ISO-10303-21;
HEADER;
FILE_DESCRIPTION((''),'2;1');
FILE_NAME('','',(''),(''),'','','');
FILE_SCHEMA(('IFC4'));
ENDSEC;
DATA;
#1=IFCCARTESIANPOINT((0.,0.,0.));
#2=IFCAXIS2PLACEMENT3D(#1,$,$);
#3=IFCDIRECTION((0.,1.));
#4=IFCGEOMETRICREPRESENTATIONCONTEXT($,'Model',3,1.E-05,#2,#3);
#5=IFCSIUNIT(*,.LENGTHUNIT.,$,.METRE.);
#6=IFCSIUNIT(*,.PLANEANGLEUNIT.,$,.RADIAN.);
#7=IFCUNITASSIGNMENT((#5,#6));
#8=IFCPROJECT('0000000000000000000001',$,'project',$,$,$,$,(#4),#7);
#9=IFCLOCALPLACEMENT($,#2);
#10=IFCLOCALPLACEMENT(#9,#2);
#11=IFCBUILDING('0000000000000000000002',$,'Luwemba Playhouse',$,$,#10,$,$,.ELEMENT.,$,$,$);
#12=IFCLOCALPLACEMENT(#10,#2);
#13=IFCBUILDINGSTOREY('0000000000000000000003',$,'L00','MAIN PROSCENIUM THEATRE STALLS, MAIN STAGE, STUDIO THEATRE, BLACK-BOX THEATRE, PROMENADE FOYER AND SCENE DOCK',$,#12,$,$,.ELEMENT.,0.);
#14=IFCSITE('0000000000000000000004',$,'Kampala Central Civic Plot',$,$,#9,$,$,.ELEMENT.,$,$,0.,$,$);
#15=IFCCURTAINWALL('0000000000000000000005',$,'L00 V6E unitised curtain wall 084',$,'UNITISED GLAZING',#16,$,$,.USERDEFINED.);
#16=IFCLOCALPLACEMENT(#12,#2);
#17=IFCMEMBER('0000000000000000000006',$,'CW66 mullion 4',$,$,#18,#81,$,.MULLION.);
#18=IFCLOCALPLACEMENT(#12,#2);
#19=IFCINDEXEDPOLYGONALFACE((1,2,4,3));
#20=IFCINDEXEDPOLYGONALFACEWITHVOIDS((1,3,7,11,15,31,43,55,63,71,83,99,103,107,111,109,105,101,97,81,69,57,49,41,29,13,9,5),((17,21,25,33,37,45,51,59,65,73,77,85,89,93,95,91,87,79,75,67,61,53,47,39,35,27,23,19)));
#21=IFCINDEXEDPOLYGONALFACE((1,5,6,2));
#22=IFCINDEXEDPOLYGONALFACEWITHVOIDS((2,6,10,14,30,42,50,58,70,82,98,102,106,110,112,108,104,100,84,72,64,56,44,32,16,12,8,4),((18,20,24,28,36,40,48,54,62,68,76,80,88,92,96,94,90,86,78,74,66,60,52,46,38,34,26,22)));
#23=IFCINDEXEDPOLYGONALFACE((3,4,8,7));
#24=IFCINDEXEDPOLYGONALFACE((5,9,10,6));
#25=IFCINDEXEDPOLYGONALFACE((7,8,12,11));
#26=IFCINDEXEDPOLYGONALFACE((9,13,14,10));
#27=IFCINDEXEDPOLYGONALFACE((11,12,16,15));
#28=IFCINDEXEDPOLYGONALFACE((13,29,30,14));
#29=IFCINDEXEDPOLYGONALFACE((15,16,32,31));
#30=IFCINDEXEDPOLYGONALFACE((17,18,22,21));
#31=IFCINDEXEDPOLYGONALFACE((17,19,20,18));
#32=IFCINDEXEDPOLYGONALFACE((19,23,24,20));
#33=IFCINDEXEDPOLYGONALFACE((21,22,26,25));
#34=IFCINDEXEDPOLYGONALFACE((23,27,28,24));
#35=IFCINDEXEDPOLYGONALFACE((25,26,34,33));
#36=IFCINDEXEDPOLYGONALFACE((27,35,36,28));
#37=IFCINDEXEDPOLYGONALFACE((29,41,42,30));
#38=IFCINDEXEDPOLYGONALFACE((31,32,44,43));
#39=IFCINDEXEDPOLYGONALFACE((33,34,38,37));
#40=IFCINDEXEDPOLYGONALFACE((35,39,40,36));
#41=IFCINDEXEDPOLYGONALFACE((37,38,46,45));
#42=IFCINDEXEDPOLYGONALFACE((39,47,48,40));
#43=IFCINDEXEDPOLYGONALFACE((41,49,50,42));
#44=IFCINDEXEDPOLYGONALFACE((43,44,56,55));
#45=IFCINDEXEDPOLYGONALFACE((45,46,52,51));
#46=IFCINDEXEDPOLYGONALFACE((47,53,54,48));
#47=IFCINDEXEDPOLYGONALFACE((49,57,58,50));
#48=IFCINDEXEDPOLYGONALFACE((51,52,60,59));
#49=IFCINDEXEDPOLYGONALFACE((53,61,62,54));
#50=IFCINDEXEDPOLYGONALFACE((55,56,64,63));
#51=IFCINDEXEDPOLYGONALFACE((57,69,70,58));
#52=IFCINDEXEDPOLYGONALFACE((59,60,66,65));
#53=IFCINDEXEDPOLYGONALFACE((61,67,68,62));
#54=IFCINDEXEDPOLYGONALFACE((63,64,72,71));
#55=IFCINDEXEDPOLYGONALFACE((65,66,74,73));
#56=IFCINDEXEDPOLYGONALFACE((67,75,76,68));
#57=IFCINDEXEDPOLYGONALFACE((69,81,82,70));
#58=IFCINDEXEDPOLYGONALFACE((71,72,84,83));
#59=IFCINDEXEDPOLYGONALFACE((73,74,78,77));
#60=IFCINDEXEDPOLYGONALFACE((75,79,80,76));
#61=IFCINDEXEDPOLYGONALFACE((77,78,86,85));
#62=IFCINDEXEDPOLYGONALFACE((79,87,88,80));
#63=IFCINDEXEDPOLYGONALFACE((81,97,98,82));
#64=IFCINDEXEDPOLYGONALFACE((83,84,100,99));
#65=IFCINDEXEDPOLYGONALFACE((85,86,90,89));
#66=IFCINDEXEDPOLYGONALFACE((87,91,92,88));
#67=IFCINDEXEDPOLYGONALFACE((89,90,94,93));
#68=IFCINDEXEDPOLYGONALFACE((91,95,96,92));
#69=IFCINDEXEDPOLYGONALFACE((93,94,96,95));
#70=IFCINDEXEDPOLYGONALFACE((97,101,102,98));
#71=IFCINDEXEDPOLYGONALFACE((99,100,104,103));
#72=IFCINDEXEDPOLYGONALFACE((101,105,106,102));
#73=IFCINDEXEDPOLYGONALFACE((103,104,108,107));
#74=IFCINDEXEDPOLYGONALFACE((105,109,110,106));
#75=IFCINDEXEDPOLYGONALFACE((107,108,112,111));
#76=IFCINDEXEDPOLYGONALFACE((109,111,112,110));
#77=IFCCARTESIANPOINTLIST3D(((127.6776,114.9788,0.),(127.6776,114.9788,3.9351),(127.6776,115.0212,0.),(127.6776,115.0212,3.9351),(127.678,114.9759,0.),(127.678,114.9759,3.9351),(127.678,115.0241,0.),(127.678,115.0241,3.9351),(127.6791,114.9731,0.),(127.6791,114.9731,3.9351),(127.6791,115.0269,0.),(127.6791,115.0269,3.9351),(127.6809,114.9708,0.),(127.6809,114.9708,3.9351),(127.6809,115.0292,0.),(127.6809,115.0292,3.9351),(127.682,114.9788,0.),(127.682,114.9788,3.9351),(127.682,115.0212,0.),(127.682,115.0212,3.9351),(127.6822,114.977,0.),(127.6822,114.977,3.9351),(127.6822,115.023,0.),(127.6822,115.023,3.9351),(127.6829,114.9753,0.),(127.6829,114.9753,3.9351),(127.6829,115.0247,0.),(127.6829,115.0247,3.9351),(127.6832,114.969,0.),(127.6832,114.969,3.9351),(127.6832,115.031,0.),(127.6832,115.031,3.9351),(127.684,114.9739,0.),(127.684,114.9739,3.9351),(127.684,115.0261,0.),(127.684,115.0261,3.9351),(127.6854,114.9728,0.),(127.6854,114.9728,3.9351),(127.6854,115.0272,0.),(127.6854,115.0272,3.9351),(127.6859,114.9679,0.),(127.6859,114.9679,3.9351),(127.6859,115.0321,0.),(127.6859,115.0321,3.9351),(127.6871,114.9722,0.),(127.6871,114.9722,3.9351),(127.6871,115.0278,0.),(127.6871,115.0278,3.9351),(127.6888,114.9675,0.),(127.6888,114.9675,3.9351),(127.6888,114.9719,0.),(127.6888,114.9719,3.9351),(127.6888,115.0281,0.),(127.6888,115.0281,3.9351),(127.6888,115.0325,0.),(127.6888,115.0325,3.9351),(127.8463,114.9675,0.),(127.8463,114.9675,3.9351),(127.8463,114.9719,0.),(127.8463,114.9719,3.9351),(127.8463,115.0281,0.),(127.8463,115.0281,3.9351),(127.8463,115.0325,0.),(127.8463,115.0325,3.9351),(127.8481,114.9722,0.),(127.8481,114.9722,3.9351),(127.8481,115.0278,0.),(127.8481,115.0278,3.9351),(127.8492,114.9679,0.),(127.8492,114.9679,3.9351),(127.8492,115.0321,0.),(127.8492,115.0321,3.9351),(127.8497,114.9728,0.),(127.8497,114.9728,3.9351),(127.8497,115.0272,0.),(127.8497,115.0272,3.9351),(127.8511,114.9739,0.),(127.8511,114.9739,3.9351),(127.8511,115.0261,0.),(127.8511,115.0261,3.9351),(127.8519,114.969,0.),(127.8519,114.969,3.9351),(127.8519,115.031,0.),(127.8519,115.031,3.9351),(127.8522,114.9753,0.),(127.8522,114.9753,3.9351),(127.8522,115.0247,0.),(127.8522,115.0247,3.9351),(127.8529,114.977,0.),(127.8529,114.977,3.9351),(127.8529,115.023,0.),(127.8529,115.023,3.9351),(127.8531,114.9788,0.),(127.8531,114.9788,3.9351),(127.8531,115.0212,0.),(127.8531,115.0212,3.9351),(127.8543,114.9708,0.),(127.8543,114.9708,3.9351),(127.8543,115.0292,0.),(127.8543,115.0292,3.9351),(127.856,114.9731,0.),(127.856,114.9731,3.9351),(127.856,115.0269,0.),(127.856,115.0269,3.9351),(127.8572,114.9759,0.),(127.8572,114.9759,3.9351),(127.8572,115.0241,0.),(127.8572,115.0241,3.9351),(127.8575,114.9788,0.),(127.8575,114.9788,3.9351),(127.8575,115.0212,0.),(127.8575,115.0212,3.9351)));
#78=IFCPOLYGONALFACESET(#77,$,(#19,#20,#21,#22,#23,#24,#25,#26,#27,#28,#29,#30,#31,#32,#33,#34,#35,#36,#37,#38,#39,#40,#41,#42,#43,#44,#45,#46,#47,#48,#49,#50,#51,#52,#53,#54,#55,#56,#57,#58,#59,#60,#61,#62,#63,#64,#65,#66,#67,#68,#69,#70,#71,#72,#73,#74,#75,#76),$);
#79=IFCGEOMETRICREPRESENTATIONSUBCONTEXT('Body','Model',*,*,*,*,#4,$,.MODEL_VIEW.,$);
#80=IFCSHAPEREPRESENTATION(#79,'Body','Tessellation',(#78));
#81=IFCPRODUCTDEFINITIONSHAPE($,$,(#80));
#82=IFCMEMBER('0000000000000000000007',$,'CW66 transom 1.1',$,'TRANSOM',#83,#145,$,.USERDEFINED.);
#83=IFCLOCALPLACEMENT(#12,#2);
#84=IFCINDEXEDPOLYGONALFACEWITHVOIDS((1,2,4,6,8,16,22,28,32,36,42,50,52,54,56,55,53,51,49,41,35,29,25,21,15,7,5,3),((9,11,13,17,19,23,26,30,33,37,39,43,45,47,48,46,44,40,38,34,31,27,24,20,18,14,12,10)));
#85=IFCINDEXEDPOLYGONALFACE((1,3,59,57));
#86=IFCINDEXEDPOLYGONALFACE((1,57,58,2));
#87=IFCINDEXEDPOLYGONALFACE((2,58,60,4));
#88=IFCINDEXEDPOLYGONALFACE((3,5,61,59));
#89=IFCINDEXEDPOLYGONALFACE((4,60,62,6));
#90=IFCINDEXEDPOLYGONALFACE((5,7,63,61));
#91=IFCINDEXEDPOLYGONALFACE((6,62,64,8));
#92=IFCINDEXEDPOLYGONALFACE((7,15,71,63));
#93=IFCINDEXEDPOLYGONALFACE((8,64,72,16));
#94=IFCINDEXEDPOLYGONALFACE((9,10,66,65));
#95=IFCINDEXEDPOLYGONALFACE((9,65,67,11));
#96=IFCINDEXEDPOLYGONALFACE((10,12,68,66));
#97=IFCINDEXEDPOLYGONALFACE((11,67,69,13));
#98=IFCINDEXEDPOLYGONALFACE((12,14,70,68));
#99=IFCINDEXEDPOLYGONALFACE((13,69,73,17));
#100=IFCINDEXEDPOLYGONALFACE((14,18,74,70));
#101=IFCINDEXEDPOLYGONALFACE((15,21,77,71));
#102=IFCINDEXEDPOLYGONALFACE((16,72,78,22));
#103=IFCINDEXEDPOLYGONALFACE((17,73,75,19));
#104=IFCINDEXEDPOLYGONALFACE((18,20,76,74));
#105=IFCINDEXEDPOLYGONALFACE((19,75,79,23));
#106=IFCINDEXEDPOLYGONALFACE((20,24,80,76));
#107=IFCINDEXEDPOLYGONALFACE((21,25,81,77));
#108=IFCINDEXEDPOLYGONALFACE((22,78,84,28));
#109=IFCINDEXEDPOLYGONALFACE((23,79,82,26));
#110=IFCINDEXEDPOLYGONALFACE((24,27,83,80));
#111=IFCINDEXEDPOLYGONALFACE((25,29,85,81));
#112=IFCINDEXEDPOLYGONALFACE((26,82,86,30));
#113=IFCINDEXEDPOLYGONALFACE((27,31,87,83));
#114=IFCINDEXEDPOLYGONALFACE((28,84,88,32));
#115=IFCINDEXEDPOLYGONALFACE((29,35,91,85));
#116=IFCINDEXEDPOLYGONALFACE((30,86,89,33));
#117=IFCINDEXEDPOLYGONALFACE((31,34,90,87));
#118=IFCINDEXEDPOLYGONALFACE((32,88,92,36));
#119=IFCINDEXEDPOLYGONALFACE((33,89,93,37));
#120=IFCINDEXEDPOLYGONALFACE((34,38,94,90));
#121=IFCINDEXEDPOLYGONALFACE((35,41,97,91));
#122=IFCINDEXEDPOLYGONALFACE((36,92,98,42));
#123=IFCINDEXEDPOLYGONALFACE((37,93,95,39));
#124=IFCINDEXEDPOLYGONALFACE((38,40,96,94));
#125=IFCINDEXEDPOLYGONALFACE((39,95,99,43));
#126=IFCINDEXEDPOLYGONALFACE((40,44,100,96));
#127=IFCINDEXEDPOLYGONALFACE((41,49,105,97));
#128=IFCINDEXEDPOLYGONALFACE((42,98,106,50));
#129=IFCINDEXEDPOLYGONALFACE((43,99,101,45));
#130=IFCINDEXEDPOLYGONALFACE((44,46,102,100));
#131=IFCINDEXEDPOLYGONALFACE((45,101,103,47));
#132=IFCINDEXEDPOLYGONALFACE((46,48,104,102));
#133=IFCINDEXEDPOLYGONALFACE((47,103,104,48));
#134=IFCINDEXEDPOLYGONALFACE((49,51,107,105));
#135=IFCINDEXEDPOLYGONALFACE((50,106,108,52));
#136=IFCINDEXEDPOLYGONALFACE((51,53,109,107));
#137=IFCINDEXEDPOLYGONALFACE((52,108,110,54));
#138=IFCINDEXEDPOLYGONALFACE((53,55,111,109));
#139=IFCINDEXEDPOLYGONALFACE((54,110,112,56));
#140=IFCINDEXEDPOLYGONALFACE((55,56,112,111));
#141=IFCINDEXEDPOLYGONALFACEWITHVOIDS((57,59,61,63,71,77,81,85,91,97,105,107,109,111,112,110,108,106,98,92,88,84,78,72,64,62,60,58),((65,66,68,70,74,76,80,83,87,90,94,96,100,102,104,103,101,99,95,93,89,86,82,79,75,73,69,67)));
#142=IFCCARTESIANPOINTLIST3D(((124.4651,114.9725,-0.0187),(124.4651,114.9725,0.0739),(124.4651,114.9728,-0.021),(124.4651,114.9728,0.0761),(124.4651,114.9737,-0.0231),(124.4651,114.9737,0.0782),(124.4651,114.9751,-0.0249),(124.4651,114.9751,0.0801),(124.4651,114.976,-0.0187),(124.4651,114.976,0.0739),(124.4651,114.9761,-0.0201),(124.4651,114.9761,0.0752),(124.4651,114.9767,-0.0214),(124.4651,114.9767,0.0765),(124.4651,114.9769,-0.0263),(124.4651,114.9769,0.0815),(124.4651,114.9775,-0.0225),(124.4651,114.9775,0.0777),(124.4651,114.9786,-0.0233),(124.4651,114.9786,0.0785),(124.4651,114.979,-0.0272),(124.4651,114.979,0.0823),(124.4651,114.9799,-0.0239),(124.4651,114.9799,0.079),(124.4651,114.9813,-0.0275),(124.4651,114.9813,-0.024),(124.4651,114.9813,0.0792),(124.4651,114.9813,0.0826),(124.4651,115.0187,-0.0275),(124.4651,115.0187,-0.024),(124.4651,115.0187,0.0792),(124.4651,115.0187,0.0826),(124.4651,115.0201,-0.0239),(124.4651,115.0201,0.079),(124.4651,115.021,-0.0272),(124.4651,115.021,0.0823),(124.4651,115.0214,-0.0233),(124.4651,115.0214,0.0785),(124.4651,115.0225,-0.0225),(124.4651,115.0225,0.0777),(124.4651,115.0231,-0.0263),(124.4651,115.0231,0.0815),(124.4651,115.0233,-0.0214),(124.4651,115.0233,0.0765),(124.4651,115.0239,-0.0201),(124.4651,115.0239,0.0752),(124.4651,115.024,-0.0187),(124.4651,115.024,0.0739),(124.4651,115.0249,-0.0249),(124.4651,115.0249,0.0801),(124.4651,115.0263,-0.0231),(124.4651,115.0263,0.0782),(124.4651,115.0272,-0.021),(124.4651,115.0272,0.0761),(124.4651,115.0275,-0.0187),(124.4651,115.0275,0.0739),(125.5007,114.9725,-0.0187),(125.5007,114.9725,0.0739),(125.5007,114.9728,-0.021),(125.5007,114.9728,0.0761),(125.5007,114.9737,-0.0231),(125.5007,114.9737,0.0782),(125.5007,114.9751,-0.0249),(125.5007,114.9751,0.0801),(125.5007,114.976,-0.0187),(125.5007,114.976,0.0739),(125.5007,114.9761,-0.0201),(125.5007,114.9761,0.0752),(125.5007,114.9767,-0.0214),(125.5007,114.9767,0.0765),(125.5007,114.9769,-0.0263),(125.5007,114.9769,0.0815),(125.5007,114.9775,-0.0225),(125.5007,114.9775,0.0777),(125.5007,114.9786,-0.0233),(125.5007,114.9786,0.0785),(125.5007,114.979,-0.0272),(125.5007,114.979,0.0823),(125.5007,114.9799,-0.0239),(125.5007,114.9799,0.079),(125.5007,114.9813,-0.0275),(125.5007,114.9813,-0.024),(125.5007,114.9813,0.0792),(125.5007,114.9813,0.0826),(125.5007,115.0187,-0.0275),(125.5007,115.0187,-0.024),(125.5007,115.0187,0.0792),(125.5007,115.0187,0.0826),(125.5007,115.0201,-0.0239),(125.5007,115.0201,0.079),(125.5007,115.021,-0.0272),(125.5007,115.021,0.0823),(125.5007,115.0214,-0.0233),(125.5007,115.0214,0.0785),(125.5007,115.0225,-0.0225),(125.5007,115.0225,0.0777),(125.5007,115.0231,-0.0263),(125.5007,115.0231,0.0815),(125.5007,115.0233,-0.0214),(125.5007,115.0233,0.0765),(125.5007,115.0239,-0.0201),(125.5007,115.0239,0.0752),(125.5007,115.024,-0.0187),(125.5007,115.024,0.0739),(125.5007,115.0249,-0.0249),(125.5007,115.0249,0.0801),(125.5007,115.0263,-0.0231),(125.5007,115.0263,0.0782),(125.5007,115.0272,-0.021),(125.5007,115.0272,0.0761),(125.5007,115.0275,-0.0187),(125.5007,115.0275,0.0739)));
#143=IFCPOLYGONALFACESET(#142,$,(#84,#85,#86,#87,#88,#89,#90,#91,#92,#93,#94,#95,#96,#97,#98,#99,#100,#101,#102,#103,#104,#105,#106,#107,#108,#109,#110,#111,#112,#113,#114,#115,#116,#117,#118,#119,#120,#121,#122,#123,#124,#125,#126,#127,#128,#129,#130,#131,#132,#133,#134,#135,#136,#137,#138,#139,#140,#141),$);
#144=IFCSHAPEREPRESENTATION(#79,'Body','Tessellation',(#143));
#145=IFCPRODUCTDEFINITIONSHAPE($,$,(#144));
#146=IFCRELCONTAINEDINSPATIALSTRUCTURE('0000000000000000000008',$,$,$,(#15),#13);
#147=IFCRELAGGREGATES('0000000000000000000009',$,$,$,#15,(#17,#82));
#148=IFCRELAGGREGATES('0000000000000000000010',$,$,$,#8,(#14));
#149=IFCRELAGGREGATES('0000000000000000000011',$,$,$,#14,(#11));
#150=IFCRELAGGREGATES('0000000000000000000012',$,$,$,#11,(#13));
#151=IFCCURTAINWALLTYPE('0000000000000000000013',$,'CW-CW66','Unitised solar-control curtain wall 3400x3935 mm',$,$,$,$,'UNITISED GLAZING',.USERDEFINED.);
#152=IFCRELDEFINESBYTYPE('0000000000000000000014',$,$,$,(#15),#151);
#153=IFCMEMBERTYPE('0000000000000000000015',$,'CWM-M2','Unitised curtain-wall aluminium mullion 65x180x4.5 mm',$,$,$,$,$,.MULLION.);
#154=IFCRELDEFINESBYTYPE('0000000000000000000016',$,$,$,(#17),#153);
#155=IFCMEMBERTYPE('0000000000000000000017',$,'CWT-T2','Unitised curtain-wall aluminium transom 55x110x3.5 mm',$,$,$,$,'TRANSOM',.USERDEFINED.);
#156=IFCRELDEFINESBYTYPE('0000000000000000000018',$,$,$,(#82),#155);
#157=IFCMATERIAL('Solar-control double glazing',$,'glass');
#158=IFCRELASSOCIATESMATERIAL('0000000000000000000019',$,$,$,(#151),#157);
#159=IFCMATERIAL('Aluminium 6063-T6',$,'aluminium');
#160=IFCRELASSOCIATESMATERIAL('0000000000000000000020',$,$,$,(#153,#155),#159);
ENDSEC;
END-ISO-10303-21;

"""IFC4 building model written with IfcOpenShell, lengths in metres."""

from ifc_helpers import new_model, si_unit, direction, frame, origin, origin_2d, place, context, subcontext, project, spatial, hollow_rectangle, extrude, material, material_profile, profile_set, type_object, element, aggregate, save


model = new_model("IFC4")

# Units and contexts
model_context = context("Model", 3, precision=1e-05, world=origin(), true_north=direction((0.0, 1.0)))
body_context = subcontext(model_context, "Body", "Model", "MODEL_VIEW")
ifc_project = project(units=[si_unit("LENGTHUNIT", "METRE"), si_unit("PLANEANGLEUNIT", "RADIAN")], contexts=[model_context])

# Site, building, storey
site_placement = place(None, origin())
site = spatial("IfcSite", under=ifc_project, at=site_placement, Name="Kampala Central Civic Plot", CompositionType="ELEMENT", RefElevation=0.0)
building_placement = place(site_placement, origin())
building = spatial("IfcBuilding", under=site, at=building_placement, Name="Luwemba Playhouse", CompositionType="ELEMENT")
storey_placement = place(building_placement, origin())
storey = spatial("IfcBuildingStorey", under=building, at=storey_placement, Name="L00", Description="MAIN PROSCENIUM THEATRE STALLS, MAIN STAGE, STUDIO THEATRE, BLACK-BOX THEATRE, PROMENADE FOYER AND SCENE DOCK", CompositionType="ELEMENT", Elevation=0.0)

# Curtain wall, members
ifc_material_1 = material(Name="Solar-control double glazing", Category="glass")
curtain_wall_type = type_object("IfcCurtainWallType", Name="CW-CW66", Description="Unitised solar-control curtain wall 3400x3935 mm", ElementType="UNITISED GLAZING", PredefinedType="USERDEFINED", material=ifc_material_1)
curtain_wall_placement = place(storey_placement, origin())
curtain_wall = element("IfcCurtainWall", 1, at=curtain_wall_placement, inside=storey, type_object=curtain_wall_type, Name="L00 V6E unitised curtain wall 084", ObjectType="UNITISED GLAZING", PredefinedType="USERDEFINED")
ifc_material_2 = material(Name="Aluminium 6063-T6", Category="aluminium")
ifc_material_profile_1 = material_profile(ifc_material_2, hollow_rectangle(XDim=0.0649, YDim=0.1799, WallThickness=0.0044, InnerFilletRadius=0.0068, OuterFilletRadius=0.0112, at=origin_2d()))
ifc_profile_set_1 = profile_set([ifc_material_profile_1], Name="Aluminium 6063-T6")
member_type_1 = type_object("IfcMemberType", Name="CWM-M2", Description="Unitised curtain-wall aluminium mullion 65x180x4.5 mm", PredefinedType="MULLION", material=ifc_profile_set_1)
member_1_placement = place(storey_placement, frame((127.7676, 115.0, 0.0), z_axis=(0.0, 0.0, 1.0), x_axis=(0.0, 1.0, 0.0)))
member_1 = element("IfcMember", 2, at=member_1_placement, type_object=member_type_1, Name="CW66 mullion 4", PredefinedType="MULLION", context=body_context, shape_type="SweptSolid", body=[
    extrude(hollow_rectangle(XDim=0.0649, YDim=0.1799, WallThickness=0.0044, InnerFilletRadius=0.0068, OuterFilletRadius=0.0112, at=origin_2d()), origin(), (0.0, 0.0, 1.0), 3.9351),
])
ifc_material_profile_2 = material_profile(ifc_material_2, hollow_rectangle(XDim=0.0549, YDim=0.1101, WallThickness=0.0034, InnerFilletRadius=0.0054, OuterFilletRadius=0.0088, at=origin_2d()))
ifc_profile_set_2 = profile_set([ifc_material_profile_2], Name="Aluminium 6063-T6")
member_type_2 = type_object("IfcMemberType", Name="CWT-T2", Description="Unitised curtain-wall aluminium transom 55x110x3.5 mm", ElementType="TRANSOM", PredefinedType="USERDEFINED", material=ifc_profile_set_2)
member_2_placement = place(storey_placement, frame((124.4651, 115.0, 0.0276), z_axis=(1.0, 0.0, 0.0), x_axis=(0.0, 1.0, 0.0)))
member_2 = element("IfcMember", 3, at=member_2_placement, type_object=member_type_2, Name="CW66 transom 1.1", ObjectType="TRANSOM", PredefinedType="USERDEFINED", context=body_context, shape_type="SweptSolid", body=[
    extrude(hollow_rectangle(XDim=0.0549, YDim=0.1101, WallThickness=0.0034, InnerFilletRadius=0.0054, OuterFilletRadius=0.0088, at=origin_2d()), origin(), (0.0, 0.0, 1.0), 1.0356),
])
aggregate(curtain_wall, [member_1, member_2])

save(model, "model.ifc")
